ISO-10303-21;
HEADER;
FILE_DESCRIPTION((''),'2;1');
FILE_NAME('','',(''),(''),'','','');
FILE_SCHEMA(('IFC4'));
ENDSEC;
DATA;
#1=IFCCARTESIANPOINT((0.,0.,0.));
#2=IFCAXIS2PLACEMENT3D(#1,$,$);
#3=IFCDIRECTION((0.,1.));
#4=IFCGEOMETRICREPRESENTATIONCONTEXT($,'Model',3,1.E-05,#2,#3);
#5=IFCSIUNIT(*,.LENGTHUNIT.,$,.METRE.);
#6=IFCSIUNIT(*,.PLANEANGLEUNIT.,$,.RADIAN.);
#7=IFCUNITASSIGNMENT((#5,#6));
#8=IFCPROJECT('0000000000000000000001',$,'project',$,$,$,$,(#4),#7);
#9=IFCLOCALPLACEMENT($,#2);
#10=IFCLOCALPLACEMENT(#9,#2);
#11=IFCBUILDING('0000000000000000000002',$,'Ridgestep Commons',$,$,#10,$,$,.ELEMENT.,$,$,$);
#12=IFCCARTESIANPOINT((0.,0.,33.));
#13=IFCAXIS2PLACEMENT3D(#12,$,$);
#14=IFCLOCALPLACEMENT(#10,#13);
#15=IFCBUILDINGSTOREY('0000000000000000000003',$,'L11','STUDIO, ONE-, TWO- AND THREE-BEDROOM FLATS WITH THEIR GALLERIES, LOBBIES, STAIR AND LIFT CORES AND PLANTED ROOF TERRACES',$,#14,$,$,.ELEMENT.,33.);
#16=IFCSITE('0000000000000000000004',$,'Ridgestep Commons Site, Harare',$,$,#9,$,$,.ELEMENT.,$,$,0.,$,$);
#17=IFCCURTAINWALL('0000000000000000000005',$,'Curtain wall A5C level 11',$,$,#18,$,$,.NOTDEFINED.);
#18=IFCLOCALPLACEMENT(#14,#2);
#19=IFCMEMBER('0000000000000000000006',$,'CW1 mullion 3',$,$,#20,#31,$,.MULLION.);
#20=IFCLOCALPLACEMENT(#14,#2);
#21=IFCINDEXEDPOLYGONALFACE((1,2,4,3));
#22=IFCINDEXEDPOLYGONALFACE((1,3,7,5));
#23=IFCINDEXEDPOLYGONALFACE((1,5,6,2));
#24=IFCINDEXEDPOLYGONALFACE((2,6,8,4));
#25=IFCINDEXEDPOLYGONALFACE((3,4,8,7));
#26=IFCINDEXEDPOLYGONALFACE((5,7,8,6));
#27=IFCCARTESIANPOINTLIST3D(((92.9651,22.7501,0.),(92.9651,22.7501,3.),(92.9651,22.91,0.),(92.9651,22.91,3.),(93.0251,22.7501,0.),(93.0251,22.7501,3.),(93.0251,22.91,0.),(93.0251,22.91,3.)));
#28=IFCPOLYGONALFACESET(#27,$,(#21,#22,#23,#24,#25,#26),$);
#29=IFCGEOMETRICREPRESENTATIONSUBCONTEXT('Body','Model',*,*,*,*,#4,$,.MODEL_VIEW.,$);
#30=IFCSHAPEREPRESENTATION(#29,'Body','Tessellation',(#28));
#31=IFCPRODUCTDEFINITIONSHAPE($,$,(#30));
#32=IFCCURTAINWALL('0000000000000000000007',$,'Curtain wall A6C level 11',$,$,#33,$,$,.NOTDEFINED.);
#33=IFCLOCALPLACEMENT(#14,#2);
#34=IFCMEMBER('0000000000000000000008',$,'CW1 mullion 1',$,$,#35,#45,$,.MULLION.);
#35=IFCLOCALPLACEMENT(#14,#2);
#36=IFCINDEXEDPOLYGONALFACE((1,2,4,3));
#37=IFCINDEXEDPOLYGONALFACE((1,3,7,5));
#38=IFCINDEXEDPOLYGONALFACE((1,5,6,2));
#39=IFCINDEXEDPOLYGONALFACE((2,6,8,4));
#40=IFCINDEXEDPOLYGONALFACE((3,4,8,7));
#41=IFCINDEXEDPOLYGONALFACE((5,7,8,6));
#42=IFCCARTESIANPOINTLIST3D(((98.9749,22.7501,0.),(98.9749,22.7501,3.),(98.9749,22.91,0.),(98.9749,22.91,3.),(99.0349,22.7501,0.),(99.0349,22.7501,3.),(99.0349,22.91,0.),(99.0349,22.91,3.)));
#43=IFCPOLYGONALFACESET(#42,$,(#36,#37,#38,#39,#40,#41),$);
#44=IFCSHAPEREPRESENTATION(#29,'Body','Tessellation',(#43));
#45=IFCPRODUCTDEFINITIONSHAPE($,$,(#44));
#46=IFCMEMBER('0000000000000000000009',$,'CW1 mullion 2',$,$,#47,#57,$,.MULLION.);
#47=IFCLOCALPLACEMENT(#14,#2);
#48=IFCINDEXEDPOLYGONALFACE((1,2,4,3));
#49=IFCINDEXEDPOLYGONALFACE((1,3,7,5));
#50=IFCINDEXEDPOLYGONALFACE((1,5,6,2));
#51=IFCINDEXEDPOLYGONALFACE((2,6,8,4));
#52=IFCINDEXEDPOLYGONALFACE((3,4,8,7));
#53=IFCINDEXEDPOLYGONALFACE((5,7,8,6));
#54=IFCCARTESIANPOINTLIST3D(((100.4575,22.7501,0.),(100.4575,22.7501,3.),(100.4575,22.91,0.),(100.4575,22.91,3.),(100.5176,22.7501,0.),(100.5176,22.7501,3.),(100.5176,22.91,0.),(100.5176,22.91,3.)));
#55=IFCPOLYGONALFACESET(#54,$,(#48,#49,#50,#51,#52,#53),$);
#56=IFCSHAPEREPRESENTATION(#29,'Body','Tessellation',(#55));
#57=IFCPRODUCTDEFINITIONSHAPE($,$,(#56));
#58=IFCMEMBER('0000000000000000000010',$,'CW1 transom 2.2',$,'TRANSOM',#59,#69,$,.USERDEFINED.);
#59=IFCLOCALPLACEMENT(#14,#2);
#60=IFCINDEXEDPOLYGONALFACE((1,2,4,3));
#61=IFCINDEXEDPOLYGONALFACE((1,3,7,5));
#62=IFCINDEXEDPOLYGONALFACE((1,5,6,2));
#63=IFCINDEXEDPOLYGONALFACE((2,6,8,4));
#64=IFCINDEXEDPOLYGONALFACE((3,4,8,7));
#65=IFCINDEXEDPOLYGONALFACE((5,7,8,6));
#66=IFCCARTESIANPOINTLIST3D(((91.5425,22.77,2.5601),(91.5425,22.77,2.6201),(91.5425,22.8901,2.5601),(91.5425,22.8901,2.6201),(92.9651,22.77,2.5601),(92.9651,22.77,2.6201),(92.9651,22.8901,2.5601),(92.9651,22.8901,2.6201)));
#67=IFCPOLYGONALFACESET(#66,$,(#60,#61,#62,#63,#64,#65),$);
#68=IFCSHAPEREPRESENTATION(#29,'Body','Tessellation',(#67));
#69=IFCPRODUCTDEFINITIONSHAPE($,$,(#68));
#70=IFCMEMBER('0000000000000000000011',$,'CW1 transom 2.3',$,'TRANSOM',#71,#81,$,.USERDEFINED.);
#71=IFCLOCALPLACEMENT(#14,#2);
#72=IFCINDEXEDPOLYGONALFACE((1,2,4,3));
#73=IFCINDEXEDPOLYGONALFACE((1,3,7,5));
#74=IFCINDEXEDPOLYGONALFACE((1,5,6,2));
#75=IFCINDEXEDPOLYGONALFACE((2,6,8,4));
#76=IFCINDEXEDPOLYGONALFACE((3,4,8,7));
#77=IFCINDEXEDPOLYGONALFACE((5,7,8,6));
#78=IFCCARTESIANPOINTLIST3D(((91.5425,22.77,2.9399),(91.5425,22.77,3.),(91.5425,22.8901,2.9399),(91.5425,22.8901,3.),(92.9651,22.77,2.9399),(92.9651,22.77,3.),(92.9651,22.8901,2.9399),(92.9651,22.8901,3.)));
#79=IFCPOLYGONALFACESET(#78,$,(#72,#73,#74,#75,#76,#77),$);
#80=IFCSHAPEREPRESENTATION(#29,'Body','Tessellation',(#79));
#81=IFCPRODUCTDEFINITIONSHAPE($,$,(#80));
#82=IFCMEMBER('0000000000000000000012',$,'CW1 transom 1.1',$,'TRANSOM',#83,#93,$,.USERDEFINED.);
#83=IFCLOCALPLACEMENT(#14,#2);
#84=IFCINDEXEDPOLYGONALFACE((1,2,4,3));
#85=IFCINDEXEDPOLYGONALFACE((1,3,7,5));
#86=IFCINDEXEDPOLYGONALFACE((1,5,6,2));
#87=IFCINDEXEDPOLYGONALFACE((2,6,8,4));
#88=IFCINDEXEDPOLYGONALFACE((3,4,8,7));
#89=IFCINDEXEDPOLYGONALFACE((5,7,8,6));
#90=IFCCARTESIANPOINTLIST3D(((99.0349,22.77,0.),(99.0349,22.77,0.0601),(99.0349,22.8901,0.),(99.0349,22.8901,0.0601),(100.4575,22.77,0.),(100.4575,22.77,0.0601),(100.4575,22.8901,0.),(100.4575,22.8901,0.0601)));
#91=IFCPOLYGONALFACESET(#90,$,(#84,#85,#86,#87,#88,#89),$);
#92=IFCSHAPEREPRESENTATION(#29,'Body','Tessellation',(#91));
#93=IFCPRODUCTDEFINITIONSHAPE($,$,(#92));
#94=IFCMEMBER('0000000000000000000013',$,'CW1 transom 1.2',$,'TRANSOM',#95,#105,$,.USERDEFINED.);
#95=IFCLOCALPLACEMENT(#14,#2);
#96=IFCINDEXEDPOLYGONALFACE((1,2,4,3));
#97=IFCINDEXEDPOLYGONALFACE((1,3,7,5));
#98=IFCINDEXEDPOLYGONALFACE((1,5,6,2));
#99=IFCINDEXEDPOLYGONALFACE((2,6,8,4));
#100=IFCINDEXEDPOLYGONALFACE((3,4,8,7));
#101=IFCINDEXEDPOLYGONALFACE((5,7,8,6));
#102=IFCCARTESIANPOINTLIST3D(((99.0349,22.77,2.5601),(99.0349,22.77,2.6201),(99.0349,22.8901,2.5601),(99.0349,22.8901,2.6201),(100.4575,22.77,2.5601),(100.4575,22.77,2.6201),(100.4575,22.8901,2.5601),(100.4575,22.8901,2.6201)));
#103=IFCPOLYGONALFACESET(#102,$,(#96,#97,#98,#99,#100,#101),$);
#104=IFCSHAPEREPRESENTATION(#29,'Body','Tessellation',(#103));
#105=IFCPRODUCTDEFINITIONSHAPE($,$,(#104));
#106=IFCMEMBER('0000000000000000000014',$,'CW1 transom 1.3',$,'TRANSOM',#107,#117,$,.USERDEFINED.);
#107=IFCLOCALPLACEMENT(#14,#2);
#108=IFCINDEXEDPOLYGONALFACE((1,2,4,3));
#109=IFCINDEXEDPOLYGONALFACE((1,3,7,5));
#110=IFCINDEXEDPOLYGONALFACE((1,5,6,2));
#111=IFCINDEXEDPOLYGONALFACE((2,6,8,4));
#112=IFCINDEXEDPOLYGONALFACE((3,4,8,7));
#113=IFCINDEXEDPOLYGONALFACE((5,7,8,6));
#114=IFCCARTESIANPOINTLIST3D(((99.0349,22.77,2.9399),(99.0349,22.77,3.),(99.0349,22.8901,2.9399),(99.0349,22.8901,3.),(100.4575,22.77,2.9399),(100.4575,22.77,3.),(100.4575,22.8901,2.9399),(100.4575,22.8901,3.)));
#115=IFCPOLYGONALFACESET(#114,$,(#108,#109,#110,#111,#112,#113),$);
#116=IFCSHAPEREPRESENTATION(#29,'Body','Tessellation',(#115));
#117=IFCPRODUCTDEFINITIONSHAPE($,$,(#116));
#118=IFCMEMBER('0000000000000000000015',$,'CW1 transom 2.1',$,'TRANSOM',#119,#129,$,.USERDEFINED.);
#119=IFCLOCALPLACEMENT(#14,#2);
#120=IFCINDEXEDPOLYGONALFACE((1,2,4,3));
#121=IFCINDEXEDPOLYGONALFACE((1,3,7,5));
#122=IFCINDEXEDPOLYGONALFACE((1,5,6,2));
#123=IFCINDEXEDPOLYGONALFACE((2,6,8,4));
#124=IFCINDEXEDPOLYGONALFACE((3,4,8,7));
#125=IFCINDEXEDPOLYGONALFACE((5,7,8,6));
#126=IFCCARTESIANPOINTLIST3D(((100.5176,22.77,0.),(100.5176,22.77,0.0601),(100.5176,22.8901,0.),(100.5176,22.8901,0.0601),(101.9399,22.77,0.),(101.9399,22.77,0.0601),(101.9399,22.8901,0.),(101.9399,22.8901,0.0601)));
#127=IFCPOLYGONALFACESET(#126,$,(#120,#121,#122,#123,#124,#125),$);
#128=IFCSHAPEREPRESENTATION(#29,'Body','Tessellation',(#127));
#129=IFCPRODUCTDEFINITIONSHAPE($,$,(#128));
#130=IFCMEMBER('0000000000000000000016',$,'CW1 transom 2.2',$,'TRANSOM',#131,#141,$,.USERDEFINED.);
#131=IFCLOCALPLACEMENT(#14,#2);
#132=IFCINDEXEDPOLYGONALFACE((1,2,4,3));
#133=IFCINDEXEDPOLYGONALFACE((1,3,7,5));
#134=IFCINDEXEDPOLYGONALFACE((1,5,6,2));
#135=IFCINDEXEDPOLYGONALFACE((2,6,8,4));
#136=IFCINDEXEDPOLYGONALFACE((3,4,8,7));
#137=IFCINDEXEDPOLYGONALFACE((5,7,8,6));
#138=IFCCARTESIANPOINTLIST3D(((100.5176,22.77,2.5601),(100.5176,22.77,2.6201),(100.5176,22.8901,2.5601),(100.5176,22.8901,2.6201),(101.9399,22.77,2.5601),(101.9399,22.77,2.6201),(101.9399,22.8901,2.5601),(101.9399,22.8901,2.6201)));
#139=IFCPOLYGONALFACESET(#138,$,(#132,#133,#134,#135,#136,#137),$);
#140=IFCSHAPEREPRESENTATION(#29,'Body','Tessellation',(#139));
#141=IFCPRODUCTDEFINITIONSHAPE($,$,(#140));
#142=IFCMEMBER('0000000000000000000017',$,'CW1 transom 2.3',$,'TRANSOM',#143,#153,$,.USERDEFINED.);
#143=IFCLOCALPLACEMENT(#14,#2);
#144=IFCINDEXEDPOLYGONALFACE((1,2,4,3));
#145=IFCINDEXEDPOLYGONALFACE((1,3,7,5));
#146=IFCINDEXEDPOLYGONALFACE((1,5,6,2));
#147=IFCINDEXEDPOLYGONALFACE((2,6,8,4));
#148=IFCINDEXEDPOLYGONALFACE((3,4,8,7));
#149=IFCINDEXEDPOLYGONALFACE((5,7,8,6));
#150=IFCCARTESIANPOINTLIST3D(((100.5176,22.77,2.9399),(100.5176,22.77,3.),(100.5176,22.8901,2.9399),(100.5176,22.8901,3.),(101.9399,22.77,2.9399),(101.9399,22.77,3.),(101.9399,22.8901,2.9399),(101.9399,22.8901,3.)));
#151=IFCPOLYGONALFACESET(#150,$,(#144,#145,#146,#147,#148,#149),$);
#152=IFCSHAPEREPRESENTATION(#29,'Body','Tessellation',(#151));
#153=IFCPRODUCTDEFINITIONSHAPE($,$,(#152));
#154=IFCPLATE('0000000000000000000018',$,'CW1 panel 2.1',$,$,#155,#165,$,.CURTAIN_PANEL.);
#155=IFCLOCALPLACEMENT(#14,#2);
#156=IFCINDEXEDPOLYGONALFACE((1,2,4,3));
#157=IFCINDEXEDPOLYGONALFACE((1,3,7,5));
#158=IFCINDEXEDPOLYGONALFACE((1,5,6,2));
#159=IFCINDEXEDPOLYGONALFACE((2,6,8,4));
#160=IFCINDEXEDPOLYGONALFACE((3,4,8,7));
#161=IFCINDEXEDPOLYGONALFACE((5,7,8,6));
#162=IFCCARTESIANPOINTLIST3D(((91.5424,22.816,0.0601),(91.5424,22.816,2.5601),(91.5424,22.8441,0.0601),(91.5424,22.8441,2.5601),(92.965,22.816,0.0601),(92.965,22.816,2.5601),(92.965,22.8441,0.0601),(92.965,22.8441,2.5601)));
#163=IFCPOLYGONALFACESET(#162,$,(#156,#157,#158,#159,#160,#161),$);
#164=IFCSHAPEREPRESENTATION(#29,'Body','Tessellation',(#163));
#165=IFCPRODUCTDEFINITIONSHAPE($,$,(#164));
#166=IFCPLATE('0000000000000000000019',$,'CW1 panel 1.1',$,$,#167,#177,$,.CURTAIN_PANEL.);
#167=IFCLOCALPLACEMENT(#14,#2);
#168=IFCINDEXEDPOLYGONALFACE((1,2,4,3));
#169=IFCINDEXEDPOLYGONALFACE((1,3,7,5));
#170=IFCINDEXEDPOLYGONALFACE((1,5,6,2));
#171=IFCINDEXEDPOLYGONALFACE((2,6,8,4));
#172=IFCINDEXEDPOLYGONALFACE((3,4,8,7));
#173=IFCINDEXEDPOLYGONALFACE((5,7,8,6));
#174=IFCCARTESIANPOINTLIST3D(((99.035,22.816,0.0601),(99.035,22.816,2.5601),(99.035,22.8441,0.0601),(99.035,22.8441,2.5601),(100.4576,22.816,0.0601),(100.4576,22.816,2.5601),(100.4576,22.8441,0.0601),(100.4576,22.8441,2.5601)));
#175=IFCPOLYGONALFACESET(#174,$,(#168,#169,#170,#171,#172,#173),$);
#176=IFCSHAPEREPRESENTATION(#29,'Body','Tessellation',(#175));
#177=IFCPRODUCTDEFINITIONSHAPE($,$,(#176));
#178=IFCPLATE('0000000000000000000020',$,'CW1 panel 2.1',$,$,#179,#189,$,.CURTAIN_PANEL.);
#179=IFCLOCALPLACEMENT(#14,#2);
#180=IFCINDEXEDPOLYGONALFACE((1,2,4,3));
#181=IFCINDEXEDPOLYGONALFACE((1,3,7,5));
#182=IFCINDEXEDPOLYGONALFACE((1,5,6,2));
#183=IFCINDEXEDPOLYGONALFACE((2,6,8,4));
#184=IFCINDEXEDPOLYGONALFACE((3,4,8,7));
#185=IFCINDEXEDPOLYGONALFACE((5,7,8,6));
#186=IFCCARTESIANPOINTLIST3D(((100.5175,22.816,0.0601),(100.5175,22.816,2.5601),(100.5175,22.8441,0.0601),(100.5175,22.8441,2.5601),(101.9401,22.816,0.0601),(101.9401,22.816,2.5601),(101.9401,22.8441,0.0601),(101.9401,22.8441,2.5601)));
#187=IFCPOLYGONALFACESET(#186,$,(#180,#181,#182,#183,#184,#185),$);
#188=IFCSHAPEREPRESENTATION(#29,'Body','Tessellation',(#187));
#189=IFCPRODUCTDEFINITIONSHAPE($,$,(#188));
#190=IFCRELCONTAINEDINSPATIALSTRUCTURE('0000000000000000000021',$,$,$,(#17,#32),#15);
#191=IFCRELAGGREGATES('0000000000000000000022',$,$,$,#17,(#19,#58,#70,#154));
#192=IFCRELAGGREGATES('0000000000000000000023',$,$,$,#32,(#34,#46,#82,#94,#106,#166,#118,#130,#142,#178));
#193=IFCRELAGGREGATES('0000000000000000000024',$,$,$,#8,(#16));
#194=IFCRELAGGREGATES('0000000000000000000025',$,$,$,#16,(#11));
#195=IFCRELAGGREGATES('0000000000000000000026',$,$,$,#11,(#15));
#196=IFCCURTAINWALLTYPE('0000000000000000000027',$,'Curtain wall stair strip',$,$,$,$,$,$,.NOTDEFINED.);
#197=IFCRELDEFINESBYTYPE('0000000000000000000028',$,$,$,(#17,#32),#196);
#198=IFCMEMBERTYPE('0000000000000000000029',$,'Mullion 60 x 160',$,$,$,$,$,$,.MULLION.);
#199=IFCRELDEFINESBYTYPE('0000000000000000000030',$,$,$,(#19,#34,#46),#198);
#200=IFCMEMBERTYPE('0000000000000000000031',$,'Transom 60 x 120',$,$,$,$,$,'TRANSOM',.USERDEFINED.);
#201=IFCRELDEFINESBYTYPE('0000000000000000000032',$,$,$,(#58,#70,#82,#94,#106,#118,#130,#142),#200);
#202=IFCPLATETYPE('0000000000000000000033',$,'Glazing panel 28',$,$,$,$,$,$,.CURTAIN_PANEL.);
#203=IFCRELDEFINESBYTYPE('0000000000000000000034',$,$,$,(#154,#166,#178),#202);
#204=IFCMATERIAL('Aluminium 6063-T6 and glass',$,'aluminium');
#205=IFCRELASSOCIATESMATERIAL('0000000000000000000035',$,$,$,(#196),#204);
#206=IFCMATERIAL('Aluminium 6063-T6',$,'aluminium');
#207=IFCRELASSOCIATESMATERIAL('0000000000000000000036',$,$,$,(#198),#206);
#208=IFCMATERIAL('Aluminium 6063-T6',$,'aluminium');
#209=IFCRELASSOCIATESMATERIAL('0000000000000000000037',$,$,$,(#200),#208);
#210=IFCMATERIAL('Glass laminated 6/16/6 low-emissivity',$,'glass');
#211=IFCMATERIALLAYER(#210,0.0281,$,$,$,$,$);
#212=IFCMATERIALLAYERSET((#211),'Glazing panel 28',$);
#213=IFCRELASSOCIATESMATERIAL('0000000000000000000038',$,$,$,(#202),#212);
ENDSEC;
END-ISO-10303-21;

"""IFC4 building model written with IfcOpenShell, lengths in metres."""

from ifc_helpers import new_model, si_unit, direction, frame, origin, origin_2d, place, context, subcontext, project, spatial, rectangle, extrude, material, layer, layer_set, material_profile, profile_set, type_object, element, aggregate, save


model = new_model("IFC4")

# Units and contexts
model_context = context("Model", 3, precision=1e-05, world=origin(), true_north=direction((0.0, 1.0)))
body_context = subcontext(model_context, "Body", "Model", "MODEL_VIEW")
ifc_project = project(units=[si_unit("LENGTHUNIT", "METRE"), si_unit("PLANEANGLEUNIT", "RADIAN")], contexts=[model_context])

# Site, building, storey
site_placement = place(None, origin())
site = spatial("IfcSite", under=ifc_project, at=site_placement, Name="Ridgestep Commons Site, Harare", CompositionType="ELEMENT", RefElevation=0.0)
building_placement = place(site_placement, origin())
building = spatial("IfcBuilding", under=site, at=building_placement, Name="Ridgestep Commons", CompositionType="ELEMENT")
storey_placement = place(building_placement, frame((0.0, 0.0, 33.0)))
storey = spatial("IfcBuildingStorey", under=building, at=storey_placement, Name="L11", Description="STUDIO, ONE-, TWO- AND THREE-BEDROOM FLATS WITH THEIR GALLERIES, LOBBIES, STAIR AND LIFT CORES AND PLANTED ROOF TERRACES", CompositionType="ELEMENT", Elevation=33.0)

# Curtain wall, member
ifc_material_1 = material(Name="Aluminium 6063-T6 and glass", Category="aluminium")
curtain_wall_type = type_object("IfcCurtainWallType", Name="Curtain wall stair strip", PredefinedType="NOTDEFINED", material=ifc_material_1)
curtain_wall_1_placement = place(storey_placement, origin())
curtain_wall_1 = element("IfcCurtainWall", 1, at=curtain_wall_1_placement, inside=storey, type_object=curtain_wall_type, Name="Curtain wall A5C level 11", PredefinedType="NOTDEFINED")
ifc_material_2 = material(Name="Aluminium 6063-T6", Category="aluminium")
ifc_material_profile_1 = material_profile(ifc_material_2, rectangle(XDim=0.1599, YDim=0.0601, at=origin_2d()), Name="Mullion 60 x 160")
ifc_profile_set_1 = profile_set([ifc_material_profile_1], Name="Aluminium 6063-T6")
member_type_1 = type_object("IfcMemberType", Name="Mullion 60 x 160", PredefinedType="MULLION", material=ifc_profile_set_1)
member_1_placement = place(storey_placement, frame((92.9951, 22.8301, 0.0), z_axis=(0.0, 0.0, 1.0), x_axis=(0.0, 1.0, 0.0)))
member_1 = element("IfcMember", 2, at=member_1_placement, type_object=member_type_1, Name="CW1 mullion 3", PredefinedType="MULLION", context=body_context, shape_type="SweptSolid", body=[
    extrude(rectangle(XDim=0.1599, YDim=0.0601, at=origin_2d()), origin(), (0.0, 0.0, 1.0), 3.0),
])

# Curtain wall, members
curtain_wall_2_placement = place(storey_placement, origin())
curtain_wall_2 = element("IfcCurtainWall", 3, at=curtain_wall_2_placement, inside=storey, type_object=curtain_wall_type, Name="Curtain wall A6C level 11", PredefinedType="NOTDEFINED")
member_2_placement = place(storey_placement, frame((99.0049, 22.8301, 0.0), z_axis=(0.0, 0.0, 1.0), x_axis=(0.0, 1.0, 0.0)))
member_2 = element("IfcMember", 4, at=member_2_placement, type_object=member_type_1, Name="CW1 mullion 1", PredefinedType="MULLION", context=body_context, shape_type="SweptSolid", body=[
    extrude(rectangle(XDim=0.1599, YDim=0.0601, at=origin_2d()), origin(), (0.0, 0.0, 1.0), 3.0),
])
member_3_placement = place(storey_placement, frame((100.4875, 22.8301, 0.0), z_axis=(0.0, 0.0, 1.0), x_axis=(0.0, 1.0, 0.0)))
member_3 = element("IfcMember", 5, at=member_3_placement, type_object=member_type_1, Name="CW1 mullion 2", PredefinedType="MULLION", context=body_context, shape_type="SweptSolid", body=[
    extrude(rectangle(XDim=0.1599, YDim=0.0601, at=origin_2d()), origin(), (0.0, 0.0, 1.0), 3.0),
])

# Members
ifc_material_3 = material(Name="Aluminium 6063-T6", Category="aluminium")
ifc_material_profile_2 = material_profile(ifc_material_3, rectangle(XDim=0.1201, YDim=0.0601, at=origin_2d()), Name="Transom 60 x 120")
ifc_profile_set_2 = profile_set([ifc_material_profile_2], Name="Aluminium 6063-T6")
member_type_2 = type_object("IfcMemberType", Name="Transom 60 x 120", ElementType="TRANSOM", PredefinedType="USERDEFINED", material=ifc_profile_set_2)
member_4_placement = place(storey_placement, frame((91.5425, 22.8301, 2.5901), z_axis=(1.0, 0.0, 0.0), x_axis=(0.0, 1.0, 0.0)))
member_4 = element("IfcMember", 6, at=member_4_placement, type_object=member_type_2, Name="CW1 transom 2.2", ObjectType="TRANSOM", PredefinedType="USERDEFINED", context=body_context, shape_type="SweptSolid", body=[
    extrude(rectangle(XDim=0.1201, YDim=0.0601, at=origin_2d()), origin(), (0.0, 0.0, 1.0), 1.4226),
])
member_5_placement = place(storey_placement, frame((91.5425, 22.8301, 2.97), z_axis=(1.0, 0.0, 0.0), x_axis=(0.0, 1.0, 0.0)))
member_5 = element("IfcMember", 7, at=member_5_placement, type_object=member_type_2, Name="CW1 transom 2.3", ObjectType="TRANSOM", PredefinedType="USERDEFINED", context=body_context, shape_type="SweptSolid", body=[
    extrude(rectangle(XDim=0.1201, YDim=0.0601, at=origin_2d()), origin(), (0.0, 0.0, 1.0), 1.4226),
])
member_6_placement = place(storey_placement, frame((99.0349, 22.8301, 0.03), z_axis=(1.0, 0.0, 0.0), x_axis=(0.0, 1.0, 0.0)))
member_6 = element("IfcMember", 8, at=member_6_placement, type_object=member_type_2, Name="CW1 transom 1.1", ObjectType="TRANSOM", PredefinedType="USERDEFINED", context=body_context, shape_type="SweptSolid", body=[
    extrude(rectangle(XDim=0.1201, YDim=0.0601, at=origin_2d()), origin(), (0.0, 0.0, 1.0), 1.4226),
])
member_7_placement = place(storey_placement, frame((99.0349, 22.8301, 2.5901), z_axis=(1.0, 0.0, 0.0), x_axis=(0.0, 1.0, 0.0)))
member_7 = element("IfcMember", 9, at=member_7_placement, type_object=member_type_2, Name="CW1 transom 1.2", ObjectType="TRANSOM", PredefinedType="USERDEFINED", context=body_context, shape_type="SweptSolid", body=[
    extrude(rectangle(XDim=0.1201, YDim=0.0601, at=origin_2d()), origin(), (0.0, 0.0, 1.0), 1.4226),
])
member_8_placement = place(storey_placement, frame((99.0349, 22.8301, 2.97), z_axis=(1.0, 0.0, 0.0), x_axis=(0.0, 1.0, 0.0)))
member_8 = element("IfcMember", 10, at=member_8_placement, type_object=member_type_2, Name="CW1 transom 1.3", ObjectType="TRANSOM", PredefinedType="USERDEFINED", context=body_context, shape_type="SweptSolid", body=[
    extrude(rectangle(XDim=0.1201, YDim=0.0601, at=origin_2d()), origin(), (0.0, 0.0, 1.0), 1.4226),
])
member_9_placement = place(storey_placement, frame((100.5176, 22.8301, 0.03), z_axis=(1.0, 0.0, 0.0), x_axis=(0.0, 1.0, 0.0)))
member_9 = element("IfcMember", 11, at=member_9_placement, type_object=member_type_2, Name="CW1 transom 2.1", ObjectType="TRANSOM", PredefinedType="USERDEFINED", context=body_context, shape_type="SweptSolid", body=[
    extrude(rectangle(XDim=0.1201, YDim=0.0601, at=origin_2d()), origin(), (0.0, 0.0, 1.0), 1.4224),
])
member_10_placement = place(storey_placement, frame((100.5176, 22.8301, 2.5901), z_axis=(1.0, 0.0, 0.0), x_axis=(0.0, 1.0, 0.0)))
member_10 = element("IfcMember", 12, at=member_10_placement, type_object=member_type_2, Name="CW1 transom 2.2", ObjectType="TRANSOM", PredefinedType="USERDEFINED", context=body_context, shape_type="SweptSolid", body=[
    extrude(rectangle(XDim=0.1201, YDim=0.0601, at=origin_2d()), origin(), (0.0, 0.0, 1.0), 1.4224),
])
member_11_placement = place(storey_placement, frame((100.5176, 22.8301, 2.97), z_axis=(1.0, 0.0, 0.0), x_axis=(0.0, 1.0, 0.0)))
member_11 = element("IfcMember", 13, at=member_11_placement, type_object=member_type_2, Name="CW1 transom 2.3", ObjectType="TRANSOM", PredefinedType="USERDEFINED", context=body_context, shape_type="SweptSolid", body=[
    extrude(rectangle(XDim=0.1201, YDim=0.0601, at=origin_2d()), origin(), (0.0, 0.0, 1.0), 1.4224),
])

# Plates
ifc_material_4 = material(Name="Glass laminated 6/16/6 low-emissivity", Category="glass")
ifc_layer_1 = layer(ifc_material_4, 0.0281)
ifc_layer_set_1 = layer_set([ifc_layer_1], Name="Glazing panel 28")
plate_type_1 = type_object("IfcPlateType", Name="Glazing panel 28", PredefinedType="CURTAIN_PANEL", material=ifc_layer_set_1)
plate_1_placement = place(storey_placement, frame((92.2537, 22.8301, 0.0601), z_axis=(0.0, 0.0, 1.0), x_axis=(1.0, 0.0, 0.0)))
plate_1 = element("IfcPlate", 14, at=plate_1_placement, type_object=plate_type_1, Name="CW1 panel 2.1", PredefinedType="CURTAIN_PANEL", context=body_context, shape_type="SweptSolid", body=[
    extrude(rectangle(XDim=1.4226, YDim=0.0281, at=origin_2d()), origin(), (0.0, 0.0, 1.0), 2.5),
])
plate_2_placement = place(storey_placement, frame((99.7463, 22.8301, 0.0601), z_axis=(0.0, 0.0, 1.0), x_axis=(1.0, 0.0, 0.0)))
plate_2 = element("IfcPlate", 15, at=plate_2_placement, type_object=plate_type_1, Name="CW1 panel 1.1", PredefinedType="CURTAIN_PANEL", context=body_context, shape_type="SweptSolid", body=[
    extrude(rectangle(XDim=1.4226, YDim=0.0281, at=origin_2d()), origin(), (0.0, 0.0, 1.0), 2.5),
])
plate_3_placement = place(storey_placement, frame((101.2288, 22.8301, 0.0601), z_axis=(0.0, 0.0, 1.0), x_axis=(1.0, 0.0, 0.0)))
plate_3 = element("IfcPlate", 16, at=plate_3_placement, type_object=plate_type_1, Name="CW1 panel 2.1", PredefinedType="CURTAIN_PANEL", context=body_context, shape_type="SweptSolid", body=[
    extrude(rectangle(XDim=1.4226, YDim=0.0281, at=origin_2d()), origin(), (0.0, 0.0, 1.0), 2.5),
])
aggregate(curtain_wall_1, [member_1, member_4, member_5, plate_1])
aggregate(curtain_wall_2, [member_2, member_3, member_6, member_7, member_8, plate_2, member_9, member_10, member_11, plate_3])

save(model, "model.ifc")
